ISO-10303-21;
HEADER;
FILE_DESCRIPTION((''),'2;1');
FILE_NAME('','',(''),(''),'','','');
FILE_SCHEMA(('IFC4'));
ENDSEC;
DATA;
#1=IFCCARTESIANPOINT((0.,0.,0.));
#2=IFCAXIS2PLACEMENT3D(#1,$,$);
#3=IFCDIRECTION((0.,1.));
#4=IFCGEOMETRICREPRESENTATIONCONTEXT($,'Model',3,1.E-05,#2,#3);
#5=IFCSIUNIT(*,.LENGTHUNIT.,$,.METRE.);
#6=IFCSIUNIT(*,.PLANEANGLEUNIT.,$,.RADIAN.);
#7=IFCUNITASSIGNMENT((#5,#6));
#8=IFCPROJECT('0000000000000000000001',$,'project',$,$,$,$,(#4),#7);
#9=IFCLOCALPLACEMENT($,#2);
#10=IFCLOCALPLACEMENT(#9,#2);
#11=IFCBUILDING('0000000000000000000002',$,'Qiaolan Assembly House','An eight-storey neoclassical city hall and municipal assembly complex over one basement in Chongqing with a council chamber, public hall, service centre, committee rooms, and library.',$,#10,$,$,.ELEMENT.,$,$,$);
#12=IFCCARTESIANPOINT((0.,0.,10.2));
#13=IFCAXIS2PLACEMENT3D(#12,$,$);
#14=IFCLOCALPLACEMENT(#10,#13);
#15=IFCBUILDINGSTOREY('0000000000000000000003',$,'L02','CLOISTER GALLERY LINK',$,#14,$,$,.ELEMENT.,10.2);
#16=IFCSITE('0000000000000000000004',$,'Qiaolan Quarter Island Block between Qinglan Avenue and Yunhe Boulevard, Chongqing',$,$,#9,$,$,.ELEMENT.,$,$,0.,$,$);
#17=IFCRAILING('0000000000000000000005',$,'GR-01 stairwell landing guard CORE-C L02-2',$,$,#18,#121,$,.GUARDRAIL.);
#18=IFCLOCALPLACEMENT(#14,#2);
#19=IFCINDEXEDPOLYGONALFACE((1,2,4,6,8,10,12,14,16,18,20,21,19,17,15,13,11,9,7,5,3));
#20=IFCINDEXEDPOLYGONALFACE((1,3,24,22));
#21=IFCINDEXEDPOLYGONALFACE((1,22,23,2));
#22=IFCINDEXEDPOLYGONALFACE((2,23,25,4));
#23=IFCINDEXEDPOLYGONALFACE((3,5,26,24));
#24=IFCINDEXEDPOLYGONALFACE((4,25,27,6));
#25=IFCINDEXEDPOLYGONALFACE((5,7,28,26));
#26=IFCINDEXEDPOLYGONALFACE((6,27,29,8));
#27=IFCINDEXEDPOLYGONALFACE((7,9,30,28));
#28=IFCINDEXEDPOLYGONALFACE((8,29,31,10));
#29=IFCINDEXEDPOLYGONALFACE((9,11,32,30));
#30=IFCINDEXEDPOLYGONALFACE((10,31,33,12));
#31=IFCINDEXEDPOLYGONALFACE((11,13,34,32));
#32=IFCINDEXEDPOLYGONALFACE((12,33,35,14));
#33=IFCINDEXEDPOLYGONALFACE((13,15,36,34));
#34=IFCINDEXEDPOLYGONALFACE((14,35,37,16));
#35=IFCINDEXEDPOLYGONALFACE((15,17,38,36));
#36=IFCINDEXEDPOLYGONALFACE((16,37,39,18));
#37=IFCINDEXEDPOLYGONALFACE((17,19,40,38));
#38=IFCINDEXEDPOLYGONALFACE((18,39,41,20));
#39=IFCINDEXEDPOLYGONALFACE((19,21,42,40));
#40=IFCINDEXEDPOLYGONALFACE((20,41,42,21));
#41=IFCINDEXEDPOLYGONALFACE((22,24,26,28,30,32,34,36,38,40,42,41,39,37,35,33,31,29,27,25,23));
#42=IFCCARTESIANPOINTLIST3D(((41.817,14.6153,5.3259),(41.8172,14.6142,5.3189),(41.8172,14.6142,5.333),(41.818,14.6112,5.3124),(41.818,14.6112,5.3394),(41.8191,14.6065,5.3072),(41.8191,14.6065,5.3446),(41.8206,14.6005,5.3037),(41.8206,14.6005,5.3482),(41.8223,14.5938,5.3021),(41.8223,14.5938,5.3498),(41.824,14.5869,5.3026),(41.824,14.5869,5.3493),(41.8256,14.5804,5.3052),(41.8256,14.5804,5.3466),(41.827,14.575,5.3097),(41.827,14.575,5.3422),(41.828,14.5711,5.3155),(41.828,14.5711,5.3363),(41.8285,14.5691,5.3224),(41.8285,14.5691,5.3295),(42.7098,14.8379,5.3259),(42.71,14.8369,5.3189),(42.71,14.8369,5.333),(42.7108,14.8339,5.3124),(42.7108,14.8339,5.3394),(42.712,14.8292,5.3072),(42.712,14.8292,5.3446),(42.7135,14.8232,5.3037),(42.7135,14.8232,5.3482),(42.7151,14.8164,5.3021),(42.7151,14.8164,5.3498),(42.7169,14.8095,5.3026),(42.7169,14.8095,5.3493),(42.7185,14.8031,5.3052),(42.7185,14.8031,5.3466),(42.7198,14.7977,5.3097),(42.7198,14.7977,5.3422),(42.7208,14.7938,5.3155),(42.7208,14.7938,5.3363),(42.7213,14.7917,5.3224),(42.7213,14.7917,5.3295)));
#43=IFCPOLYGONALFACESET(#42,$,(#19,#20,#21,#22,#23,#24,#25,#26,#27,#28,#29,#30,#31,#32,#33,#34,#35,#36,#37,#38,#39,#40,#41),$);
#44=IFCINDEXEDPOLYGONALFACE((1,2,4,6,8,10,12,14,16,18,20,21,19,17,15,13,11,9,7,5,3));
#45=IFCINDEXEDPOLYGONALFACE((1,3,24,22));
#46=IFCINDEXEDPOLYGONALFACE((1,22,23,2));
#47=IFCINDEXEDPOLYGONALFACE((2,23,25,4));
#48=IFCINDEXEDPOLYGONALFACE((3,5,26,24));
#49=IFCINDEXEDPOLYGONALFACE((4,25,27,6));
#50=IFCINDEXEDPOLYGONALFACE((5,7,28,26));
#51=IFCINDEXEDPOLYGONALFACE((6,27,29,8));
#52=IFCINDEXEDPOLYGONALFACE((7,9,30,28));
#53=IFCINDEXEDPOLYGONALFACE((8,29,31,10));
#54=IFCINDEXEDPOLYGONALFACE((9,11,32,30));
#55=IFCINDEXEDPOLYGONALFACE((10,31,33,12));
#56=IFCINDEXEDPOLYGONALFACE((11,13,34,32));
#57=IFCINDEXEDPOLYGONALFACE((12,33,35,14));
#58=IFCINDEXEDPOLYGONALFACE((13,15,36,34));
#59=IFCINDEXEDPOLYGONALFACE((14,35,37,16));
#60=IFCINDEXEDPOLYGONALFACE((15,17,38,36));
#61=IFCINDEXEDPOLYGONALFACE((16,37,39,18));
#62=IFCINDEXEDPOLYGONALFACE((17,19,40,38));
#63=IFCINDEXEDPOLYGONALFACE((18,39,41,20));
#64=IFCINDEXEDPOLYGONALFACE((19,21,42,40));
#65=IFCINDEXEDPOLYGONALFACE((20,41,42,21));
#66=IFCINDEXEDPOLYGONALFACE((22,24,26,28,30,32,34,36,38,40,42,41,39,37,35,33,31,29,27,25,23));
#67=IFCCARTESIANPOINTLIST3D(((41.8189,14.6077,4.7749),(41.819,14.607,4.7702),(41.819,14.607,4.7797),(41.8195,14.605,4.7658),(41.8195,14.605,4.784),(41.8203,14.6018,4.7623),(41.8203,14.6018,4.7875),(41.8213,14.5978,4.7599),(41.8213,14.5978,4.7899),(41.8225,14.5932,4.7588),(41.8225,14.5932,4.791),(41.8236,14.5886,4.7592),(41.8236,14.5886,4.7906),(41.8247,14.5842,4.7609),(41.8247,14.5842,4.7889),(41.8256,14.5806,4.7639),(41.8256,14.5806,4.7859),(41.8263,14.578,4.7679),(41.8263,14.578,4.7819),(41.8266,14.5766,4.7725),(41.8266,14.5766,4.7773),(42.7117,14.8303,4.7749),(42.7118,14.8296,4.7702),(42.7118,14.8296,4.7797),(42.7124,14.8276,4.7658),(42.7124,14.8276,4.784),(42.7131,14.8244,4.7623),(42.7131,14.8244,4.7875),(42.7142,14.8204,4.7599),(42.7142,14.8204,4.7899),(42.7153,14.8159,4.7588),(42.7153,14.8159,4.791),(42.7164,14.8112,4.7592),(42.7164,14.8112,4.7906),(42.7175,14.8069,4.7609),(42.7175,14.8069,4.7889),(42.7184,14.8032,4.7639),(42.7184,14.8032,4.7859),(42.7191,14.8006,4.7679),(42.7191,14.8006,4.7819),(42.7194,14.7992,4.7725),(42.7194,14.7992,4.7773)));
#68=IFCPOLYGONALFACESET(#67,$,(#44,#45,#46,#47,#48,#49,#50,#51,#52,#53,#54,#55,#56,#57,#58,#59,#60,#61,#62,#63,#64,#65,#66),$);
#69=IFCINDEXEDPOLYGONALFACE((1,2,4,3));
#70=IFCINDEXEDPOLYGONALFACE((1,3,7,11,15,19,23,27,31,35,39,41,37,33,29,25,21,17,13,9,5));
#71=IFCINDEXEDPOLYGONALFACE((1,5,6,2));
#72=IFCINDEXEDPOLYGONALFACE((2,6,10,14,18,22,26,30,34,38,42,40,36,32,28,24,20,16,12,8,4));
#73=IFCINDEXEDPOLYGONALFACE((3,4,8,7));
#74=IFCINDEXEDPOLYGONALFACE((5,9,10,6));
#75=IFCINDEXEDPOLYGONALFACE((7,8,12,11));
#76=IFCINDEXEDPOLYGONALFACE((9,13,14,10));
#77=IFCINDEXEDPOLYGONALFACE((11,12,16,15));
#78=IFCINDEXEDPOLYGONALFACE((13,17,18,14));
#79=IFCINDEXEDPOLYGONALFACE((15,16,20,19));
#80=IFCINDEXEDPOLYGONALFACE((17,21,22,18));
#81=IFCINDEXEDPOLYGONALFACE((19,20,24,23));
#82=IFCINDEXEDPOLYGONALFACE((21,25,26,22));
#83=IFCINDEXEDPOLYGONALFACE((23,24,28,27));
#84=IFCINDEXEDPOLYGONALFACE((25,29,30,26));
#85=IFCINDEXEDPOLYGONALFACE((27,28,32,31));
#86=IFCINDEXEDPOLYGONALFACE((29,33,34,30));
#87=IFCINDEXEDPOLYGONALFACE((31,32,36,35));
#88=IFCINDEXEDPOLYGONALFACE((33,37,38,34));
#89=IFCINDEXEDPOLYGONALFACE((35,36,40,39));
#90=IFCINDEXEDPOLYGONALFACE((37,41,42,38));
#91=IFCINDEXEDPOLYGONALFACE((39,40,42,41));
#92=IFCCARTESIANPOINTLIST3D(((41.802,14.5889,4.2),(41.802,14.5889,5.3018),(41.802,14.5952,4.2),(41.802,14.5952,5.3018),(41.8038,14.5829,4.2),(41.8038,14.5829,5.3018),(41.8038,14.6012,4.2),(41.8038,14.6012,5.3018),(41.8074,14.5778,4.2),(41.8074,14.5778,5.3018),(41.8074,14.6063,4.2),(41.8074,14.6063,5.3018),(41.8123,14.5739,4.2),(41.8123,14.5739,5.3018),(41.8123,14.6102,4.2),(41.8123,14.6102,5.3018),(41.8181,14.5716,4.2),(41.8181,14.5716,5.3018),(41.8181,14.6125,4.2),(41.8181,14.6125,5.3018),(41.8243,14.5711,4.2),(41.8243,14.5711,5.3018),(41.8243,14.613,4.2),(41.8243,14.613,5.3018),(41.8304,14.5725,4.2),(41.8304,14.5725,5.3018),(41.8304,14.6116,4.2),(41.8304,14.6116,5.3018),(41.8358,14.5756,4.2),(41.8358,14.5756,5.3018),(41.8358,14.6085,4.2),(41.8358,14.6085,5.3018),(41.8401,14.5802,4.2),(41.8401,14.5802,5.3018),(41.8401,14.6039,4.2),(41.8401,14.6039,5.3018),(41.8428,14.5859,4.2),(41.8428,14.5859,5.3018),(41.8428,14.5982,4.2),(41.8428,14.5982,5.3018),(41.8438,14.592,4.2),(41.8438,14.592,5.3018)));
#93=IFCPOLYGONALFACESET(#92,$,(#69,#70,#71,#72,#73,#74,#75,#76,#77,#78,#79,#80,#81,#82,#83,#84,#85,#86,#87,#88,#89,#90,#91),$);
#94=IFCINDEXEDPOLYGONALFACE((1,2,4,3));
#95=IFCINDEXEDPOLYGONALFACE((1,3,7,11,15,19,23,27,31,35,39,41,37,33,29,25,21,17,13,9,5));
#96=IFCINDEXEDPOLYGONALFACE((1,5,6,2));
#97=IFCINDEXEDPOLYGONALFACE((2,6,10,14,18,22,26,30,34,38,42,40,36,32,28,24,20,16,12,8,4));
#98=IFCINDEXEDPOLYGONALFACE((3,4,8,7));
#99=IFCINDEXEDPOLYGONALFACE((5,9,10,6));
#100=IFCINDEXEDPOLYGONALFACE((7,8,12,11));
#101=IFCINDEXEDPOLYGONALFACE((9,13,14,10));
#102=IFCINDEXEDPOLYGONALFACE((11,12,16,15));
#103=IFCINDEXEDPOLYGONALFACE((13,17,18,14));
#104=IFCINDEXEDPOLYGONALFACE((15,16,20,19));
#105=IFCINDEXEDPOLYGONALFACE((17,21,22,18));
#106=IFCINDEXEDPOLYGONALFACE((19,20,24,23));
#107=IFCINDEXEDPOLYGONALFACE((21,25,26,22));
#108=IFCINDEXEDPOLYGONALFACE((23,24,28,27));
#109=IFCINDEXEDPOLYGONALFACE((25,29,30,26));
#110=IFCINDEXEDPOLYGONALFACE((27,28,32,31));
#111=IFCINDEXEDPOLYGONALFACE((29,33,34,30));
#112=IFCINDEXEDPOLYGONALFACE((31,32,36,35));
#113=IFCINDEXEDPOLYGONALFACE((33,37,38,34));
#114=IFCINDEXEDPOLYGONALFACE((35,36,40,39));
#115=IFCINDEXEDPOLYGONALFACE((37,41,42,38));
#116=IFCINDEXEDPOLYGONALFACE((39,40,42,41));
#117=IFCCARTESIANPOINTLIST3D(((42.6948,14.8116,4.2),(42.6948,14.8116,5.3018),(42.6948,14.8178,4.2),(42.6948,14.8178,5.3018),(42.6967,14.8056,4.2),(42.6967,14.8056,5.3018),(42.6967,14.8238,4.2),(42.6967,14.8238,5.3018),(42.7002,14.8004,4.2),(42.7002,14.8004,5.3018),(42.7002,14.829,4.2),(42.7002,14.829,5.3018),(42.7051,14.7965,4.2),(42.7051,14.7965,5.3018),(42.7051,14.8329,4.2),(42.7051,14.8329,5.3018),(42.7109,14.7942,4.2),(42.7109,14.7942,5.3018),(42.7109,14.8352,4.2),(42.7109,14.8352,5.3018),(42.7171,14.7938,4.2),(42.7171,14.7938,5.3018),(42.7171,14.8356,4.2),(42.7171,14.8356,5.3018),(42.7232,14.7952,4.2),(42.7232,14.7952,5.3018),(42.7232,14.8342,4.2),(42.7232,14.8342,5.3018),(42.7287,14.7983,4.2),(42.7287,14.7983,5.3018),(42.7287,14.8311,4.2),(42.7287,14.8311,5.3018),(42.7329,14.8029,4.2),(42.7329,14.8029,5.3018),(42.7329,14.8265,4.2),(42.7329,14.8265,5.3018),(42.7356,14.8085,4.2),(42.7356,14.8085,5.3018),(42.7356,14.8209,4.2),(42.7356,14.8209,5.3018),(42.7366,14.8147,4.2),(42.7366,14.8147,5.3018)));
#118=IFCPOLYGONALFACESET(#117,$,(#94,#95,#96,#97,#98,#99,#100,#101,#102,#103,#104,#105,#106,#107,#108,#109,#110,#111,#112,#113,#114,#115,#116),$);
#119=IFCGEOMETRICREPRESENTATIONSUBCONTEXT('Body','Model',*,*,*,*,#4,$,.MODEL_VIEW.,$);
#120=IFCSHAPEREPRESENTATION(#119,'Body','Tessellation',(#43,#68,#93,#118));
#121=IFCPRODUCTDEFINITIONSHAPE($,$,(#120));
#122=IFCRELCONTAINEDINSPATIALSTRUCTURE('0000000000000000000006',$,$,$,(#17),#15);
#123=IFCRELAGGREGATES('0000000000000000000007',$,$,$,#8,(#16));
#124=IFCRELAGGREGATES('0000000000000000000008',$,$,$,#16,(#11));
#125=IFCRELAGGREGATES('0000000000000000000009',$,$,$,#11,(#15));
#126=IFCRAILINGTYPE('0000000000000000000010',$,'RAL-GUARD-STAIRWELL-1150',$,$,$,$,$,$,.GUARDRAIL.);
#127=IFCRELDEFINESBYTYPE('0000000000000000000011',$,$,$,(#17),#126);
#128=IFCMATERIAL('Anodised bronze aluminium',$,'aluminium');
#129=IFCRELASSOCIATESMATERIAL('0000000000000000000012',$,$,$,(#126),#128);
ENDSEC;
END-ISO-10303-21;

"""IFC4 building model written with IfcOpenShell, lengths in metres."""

from ifc_helpers import new_model, si_unit, direction, frame, origin, origin_2d, place, context, subcontext, project, spatial, circle, extrude, material, type_object, element, save


model = new_model("IFC4")

# Units and contexts
model_context = context("Model", 3, precision=1e-05, world=origin(), true_north=direction((0.0, 1.0)))
body_context = subcontext(model_context, "Body", "Model", "MODEL_VIEW")
ifc_project = project(units=[si_unit("LENGTHUNIT", "METRE"), si_unit("PLANEANGLEUNIT", "RADIAN")], contexts=[model_context])

# Site, building, storey
site_placement = place(None, origin())
site = spatial("IfcSite", under=ifc_project, at=site_placement, Name="Qiaolan Quarter Island Block between Qinglan Avenue and Yunhe Boulevard, Chongqing", CompositionType="ELEMENT", RefElevation=0.0)
building_placement = place(site_placement, origin())
building = spatial("IfcBuilding", under=site, at=building_placement, Name="Qiaolan Assembly House", Description="An eight-storey neoclassical city hall and municipal assembly complex over one basement in Chongqing with a council chamber, public hall, service centre, committee rooms, and library.", CompositionType="ELEMENT")
storey_placement = place(building_placement, frame((0.0, 0.0, 10.2)))
storey = spatial("IfcBuildingStorey", under=building, at=storey_placement, Name="L02", Description="CLOISTER GALLERY LINK", CompositionType="ELEMENT", Elevation=10.2)

# Railing
ifc_material_1 = material(Name="Anodised bronze aluminium", Category="aluminium")
railing_type_1 = type_object("IfcRailingType", Name="RAL-GUARD-STAIRWELL-1150", PredefinedType="GUARDRAIL", material=ifc_material_1)
railing_1_placement = place(storey_placement, frame((41.8228, 14.592, 4.2)))
element("IfcRailing", 1, at=railing_1_placement, inside=storey, type_object=railing_type_1, Name="GR-01 stairwell landing guard CORE-C L02-2", PredefinedType="GUARDRAIL", context=body_context, shape_type="SweptSolid", body=[
    extrude(circle(Radius=0.0239, at=origin_2d()), frame((0.0, 0.0, 1.126), z_axis=(0.970283, 0.241974, 0.0), x_axis=(-0.241974, 0.970283, 0.0)), (0.0, 0.0, 1.0), 0.9202),
    extrude(circle(Radius=0.0161, at=origin_2d()), frame((0.0, 0.0, 0.575), z_axis=(0.970283, 0.241974, 0.0), x_axis=(-0.241974, 0.970283, 0.0)), (0.0, 0.0, 1.0), 0.9202),
    extrude(circle(Radius=0.021, at=origin_2d()), origin(), (0.0, 0.0, 1.0), 1.1018),
    extrude(circle(Radius=0.021, at=origin_2d()), frame((0.8928, 0.2227, 0.0)), (0.0, 0.0, 1.0), 1.1018),
])

save(model, "model.ifc")
